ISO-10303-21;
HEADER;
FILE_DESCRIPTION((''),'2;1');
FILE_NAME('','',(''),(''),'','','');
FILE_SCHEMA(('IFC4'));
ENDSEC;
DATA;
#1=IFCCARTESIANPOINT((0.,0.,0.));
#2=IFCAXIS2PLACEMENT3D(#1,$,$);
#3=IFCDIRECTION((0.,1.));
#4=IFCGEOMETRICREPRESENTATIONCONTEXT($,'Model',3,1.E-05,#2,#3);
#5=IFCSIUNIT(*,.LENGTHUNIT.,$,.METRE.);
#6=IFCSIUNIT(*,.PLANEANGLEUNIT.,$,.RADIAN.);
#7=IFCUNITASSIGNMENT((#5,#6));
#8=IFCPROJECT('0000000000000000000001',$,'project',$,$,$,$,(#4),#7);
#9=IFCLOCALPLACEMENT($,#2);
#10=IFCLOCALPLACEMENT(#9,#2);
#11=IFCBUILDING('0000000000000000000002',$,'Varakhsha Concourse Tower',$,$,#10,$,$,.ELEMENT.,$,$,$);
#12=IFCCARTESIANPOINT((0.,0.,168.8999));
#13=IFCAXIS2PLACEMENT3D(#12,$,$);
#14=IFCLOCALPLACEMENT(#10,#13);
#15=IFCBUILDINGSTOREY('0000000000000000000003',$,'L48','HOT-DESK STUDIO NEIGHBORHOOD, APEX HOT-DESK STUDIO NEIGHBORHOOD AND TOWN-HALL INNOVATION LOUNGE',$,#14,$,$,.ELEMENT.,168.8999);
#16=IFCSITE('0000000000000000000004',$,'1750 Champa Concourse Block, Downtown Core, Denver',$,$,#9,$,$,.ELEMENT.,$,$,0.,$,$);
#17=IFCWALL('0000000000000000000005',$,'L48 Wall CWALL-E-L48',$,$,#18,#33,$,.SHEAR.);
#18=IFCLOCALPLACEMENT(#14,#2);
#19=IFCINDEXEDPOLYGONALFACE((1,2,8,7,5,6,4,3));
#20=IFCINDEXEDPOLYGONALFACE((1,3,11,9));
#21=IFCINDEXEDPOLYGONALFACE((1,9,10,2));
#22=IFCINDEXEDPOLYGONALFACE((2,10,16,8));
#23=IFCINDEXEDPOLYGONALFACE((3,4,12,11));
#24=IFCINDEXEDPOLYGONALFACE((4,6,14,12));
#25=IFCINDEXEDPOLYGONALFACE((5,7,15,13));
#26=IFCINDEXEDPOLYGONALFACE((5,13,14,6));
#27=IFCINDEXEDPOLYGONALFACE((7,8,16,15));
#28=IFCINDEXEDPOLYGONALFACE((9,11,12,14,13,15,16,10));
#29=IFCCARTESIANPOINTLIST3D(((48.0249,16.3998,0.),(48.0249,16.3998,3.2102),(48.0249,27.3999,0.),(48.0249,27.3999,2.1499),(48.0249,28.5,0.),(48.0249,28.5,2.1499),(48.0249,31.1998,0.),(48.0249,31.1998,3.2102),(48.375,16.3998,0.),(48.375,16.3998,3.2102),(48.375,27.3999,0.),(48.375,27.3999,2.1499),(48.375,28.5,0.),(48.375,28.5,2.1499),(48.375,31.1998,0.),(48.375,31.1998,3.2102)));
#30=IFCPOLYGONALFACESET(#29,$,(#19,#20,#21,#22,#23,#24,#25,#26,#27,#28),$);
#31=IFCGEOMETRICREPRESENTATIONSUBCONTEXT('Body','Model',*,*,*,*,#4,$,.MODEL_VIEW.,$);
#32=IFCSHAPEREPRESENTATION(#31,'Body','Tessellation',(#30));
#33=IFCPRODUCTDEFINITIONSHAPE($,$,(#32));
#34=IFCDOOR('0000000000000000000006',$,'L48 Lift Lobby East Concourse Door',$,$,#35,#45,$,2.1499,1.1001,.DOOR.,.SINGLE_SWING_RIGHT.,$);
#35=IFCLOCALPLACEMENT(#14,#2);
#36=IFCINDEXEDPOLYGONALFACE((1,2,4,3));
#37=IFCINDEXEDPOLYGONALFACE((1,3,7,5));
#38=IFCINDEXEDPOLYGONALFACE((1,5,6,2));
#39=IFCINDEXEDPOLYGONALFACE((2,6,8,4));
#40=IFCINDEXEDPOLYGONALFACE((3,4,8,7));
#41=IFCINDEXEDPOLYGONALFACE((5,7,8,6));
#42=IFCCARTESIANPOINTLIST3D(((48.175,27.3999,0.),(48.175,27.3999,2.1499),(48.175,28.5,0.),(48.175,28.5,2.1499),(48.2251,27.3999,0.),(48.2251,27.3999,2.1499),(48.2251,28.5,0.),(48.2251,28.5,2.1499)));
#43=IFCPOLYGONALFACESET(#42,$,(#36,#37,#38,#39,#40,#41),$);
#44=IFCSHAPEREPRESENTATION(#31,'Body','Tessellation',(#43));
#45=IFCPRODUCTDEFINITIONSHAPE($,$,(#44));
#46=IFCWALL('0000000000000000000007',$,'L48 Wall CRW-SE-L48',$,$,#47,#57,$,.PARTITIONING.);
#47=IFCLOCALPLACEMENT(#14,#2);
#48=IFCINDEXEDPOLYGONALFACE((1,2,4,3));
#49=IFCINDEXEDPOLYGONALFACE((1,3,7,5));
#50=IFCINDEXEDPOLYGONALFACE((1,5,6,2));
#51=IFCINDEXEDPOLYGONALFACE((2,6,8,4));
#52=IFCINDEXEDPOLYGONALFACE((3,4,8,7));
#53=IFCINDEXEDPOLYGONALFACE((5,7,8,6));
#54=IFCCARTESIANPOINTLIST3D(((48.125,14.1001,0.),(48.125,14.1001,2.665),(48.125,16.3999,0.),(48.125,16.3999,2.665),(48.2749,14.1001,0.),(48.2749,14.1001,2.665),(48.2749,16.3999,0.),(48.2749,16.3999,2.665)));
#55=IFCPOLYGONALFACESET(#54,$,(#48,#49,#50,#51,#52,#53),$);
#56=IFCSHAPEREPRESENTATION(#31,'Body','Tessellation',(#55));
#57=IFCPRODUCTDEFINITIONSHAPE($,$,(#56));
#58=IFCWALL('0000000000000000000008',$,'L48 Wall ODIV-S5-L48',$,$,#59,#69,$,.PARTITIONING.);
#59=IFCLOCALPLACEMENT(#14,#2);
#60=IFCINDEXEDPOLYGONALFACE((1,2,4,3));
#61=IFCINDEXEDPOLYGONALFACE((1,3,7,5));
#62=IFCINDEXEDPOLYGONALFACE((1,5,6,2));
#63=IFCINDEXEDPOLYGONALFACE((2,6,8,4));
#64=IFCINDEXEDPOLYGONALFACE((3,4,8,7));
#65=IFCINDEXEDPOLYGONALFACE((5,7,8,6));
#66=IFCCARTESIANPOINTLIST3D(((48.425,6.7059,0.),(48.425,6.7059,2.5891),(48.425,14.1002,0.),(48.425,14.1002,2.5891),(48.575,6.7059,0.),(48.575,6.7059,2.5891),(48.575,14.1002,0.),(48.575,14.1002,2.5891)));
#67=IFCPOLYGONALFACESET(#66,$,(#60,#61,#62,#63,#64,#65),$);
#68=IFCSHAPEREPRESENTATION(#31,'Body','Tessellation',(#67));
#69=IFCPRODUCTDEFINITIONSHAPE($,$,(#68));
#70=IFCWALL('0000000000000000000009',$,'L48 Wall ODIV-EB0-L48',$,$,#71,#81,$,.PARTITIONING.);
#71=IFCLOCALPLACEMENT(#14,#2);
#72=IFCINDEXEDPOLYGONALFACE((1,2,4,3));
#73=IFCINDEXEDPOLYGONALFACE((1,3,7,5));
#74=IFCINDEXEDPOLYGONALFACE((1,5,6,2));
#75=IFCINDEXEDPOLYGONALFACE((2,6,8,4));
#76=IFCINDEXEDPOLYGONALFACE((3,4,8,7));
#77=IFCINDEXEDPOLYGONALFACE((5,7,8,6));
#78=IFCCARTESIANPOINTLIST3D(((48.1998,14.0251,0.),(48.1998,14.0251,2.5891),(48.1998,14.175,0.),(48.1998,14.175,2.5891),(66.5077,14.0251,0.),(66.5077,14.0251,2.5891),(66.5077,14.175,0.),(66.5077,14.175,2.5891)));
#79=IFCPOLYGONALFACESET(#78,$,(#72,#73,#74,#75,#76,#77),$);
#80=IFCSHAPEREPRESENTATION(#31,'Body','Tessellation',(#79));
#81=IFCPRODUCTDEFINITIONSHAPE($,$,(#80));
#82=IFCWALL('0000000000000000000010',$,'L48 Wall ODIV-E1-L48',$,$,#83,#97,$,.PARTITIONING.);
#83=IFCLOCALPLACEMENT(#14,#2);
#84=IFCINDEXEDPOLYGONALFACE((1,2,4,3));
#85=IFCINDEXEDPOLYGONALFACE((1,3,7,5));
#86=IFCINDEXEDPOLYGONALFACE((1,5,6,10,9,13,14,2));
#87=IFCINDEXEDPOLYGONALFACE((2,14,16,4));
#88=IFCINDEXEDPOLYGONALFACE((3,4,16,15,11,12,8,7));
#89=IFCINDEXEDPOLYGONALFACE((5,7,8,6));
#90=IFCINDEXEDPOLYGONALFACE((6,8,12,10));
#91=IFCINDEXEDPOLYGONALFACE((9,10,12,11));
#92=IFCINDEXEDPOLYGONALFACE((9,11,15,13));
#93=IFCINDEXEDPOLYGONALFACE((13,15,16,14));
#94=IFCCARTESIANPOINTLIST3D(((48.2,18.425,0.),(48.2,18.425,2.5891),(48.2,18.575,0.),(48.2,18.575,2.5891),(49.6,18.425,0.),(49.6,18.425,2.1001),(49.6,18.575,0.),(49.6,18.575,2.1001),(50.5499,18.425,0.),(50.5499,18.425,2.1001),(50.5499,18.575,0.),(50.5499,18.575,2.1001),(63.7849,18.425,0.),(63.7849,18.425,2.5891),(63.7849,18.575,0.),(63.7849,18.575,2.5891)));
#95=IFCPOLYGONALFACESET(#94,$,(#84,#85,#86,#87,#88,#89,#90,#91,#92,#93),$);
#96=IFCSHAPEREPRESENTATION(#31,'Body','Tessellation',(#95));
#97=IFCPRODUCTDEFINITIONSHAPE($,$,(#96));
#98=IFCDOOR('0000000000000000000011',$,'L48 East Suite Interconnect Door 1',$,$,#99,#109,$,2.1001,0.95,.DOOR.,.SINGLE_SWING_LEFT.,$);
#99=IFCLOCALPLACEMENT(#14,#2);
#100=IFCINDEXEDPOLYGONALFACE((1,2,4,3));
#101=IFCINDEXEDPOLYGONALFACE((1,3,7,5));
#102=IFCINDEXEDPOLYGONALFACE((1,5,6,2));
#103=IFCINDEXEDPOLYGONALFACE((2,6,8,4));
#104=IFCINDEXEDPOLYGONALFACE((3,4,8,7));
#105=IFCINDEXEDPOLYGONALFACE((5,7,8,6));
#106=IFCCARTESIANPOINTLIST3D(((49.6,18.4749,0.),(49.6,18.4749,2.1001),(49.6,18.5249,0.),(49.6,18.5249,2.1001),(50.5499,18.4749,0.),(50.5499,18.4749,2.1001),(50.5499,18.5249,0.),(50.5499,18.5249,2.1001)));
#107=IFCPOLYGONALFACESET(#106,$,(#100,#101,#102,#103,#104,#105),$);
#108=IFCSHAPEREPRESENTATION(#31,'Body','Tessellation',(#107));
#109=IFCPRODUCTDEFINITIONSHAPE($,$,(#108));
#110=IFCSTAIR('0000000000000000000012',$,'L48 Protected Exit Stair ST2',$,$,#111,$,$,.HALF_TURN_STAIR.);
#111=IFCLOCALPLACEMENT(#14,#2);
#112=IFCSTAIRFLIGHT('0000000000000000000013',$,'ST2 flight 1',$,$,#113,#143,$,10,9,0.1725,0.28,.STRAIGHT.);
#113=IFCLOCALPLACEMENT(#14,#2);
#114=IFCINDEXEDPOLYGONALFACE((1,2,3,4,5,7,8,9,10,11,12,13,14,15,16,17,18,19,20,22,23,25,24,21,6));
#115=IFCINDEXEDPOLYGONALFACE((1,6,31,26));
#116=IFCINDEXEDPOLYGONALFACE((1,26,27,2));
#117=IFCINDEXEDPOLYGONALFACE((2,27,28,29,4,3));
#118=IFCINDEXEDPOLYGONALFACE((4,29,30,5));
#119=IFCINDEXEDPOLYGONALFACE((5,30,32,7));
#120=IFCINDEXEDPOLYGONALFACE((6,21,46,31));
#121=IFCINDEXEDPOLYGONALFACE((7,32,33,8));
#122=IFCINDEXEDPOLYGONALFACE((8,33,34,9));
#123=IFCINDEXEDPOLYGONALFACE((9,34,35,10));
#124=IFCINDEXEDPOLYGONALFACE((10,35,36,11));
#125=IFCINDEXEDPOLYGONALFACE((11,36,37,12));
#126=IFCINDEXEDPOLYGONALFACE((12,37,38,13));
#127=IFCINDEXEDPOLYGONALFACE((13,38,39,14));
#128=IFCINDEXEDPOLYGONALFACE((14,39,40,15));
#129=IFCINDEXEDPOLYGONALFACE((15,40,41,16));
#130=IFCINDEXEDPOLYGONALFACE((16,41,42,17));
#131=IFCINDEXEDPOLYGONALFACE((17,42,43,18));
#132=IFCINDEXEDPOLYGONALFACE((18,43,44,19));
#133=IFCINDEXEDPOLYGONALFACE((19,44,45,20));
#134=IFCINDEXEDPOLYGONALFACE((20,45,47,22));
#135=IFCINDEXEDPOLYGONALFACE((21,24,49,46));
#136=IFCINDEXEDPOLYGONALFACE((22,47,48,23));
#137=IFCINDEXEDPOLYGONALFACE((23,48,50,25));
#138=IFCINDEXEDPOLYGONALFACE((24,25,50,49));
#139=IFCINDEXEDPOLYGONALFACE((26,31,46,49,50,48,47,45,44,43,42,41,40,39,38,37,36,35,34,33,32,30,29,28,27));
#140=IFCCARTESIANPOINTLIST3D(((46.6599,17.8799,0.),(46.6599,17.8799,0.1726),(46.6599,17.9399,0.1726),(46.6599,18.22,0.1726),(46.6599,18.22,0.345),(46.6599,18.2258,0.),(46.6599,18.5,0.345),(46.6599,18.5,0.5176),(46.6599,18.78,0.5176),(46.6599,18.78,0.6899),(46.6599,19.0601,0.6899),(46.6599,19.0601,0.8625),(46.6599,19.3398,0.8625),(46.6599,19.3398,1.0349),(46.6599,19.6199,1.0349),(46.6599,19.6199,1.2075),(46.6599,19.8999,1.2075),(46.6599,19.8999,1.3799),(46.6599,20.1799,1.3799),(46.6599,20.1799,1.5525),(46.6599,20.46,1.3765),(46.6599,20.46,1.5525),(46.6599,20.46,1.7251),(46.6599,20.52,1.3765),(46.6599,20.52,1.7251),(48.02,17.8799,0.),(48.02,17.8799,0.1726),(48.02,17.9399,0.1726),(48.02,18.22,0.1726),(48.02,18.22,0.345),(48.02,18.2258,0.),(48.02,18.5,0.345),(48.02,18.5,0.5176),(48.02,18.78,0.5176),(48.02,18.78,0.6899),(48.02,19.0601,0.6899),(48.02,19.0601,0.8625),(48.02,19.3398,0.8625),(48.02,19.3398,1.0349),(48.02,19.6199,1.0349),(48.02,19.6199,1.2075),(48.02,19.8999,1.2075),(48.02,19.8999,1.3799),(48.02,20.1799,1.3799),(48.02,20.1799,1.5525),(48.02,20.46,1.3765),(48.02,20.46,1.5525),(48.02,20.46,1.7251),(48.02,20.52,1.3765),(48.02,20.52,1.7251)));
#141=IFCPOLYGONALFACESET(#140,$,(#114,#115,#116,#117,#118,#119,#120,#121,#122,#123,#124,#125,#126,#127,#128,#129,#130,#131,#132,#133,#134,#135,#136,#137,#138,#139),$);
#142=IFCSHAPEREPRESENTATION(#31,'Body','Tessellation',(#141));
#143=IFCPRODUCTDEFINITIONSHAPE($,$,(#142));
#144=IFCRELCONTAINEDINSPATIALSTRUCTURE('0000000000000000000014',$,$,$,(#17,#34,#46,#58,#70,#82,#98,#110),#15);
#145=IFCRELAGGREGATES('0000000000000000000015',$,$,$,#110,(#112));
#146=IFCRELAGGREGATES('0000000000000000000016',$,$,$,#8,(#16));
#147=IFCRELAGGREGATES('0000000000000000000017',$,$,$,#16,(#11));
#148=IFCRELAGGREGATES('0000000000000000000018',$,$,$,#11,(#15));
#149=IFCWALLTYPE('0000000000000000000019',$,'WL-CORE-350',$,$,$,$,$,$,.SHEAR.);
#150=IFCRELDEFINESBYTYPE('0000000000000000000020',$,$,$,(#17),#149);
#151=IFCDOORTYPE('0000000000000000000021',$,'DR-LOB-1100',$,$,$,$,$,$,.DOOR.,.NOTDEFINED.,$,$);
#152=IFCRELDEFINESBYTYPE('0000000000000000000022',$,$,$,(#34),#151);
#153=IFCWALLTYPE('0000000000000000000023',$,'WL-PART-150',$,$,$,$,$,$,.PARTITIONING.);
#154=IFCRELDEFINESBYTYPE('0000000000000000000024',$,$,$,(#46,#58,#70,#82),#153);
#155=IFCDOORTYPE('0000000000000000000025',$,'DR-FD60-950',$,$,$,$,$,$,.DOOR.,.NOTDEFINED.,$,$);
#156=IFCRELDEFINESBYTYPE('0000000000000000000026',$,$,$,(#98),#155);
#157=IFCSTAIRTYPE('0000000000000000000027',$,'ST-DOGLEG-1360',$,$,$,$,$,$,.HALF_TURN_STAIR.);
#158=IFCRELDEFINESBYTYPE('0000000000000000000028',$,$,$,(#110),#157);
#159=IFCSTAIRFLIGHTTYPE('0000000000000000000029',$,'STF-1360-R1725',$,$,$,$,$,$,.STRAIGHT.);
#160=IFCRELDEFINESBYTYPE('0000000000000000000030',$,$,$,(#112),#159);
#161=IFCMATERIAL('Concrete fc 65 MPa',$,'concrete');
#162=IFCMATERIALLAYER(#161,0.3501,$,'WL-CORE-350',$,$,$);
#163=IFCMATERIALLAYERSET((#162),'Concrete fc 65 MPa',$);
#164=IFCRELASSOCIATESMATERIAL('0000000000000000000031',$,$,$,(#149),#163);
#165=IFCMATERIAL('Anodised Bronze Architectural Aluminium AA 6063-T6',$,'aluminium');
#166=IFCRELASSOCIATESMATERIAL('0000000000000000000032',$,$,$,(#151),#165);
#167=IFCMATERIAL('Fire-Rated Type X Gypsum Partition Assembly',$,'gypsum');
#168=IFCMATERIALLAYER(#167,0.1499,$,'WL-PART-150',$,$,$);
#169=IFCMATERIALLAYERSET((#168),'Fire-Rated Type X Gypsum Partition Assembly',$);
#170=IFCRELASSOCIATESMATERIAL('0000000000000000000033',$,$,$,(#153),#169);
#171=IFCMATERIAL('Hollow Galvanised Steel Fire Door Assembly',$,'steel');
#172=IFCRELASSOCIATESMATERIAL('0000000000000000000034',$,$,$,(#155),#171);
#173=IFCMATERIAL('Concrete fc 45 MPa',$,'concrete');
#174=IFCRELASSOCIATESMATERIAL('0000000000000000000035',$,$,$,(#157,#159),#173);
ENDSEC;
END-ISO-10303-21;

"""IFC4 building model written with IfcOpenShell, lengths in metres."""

from ifc_helpers import new_model, si_unit, direction, frame, frame_2d, origin, place, context, subcontext, project, spatial, polyline, rectangle, outline, extrude, material, layer, layer_set, type_object, element, fill, aggregate, save


model = new_model("IFC4")

# Units and contexts
model_context = context("Model", 3, precision=1e-05, world=origin(), true_north=direction((0.0, 1.0)))
body_context = subcontext(model_context, "Body", "Model", "MODEL_VIEW")
ifc_project = project(units=[si_unit("LENGTHUNIT", "METRE"), si_unit("PLANEANGLEUNIT", "RADIAN")], contexts=[model_context])

# Site, building, storey
site_placement = place(None, origin())
site = spatial("IfcSite", under=ifc_project, at=site_placement, Name="1750 Champa Concourse Block, Downtown Core, Denver", CompositionType="ELEMENT", RefElevation=0.0)
building_placement = place(site_placement, origin())
building = spatial("IfcBuilding", under=site, at=building_placement, Name="Varakhsha Concourse Tower", CompositionType="ELEMENT")
storey_placement = place(building_placement, frame((0.0, 0.0, 168.8999)))
storey = spatial("IfcBuildingStorey", under=building, at=storey_placement, Name="L48", Description="HOT-DESK STUDIO NEIGHBORHOOD, APEX HOT-DESK STUDIO NEIGHBORHOOD AND TOWN-HALL INNOVATION LOUNGE", CompositionType="ELEMENT", Elevation=168.8999)

# Shared definitions
ifc_material_1 = material(Name="Concrete fc 65 MPa", Category="concrete")

# Shared definitions
ifc_material_2 = material(Name="Anodised Bronze Architectural Aluminium AA 6063-T6", Category="aluminium")

# Wall, opening, door
ifc_layer_1 = layer(ifc_material_1, 0.3501, Name="WL-CORE-350")
ifc_layer_set_1 = layer_set([ifc_layer_1], Name="Concrete fc 65 MPa")
wall_type_1 = type_object("IfcWallType", Name="WL-CORE-350", PredefinedType="SHEAR", material=ifc_layer_set_1)
wall_1_placement = place(storey_placement, frame((48.2, 16.3999, 0.0), z_axis=(0.0, 0.0, 1.0), x_axis=(0.0, 1.0, 0.0)))
wall_1 = element("IfcWall", 1, at=wall_1_placement, inside=storey, type_object=wall_type_1, Name="L48 Wall CWALL-E-L48", PredefinedType="SHEAR", context=body_context, shape_type="SweptSolid", body=[
    extrude(rectangle(XDim=14.8, YDim=0.3501, at=frame_2d((7.3999, 0.0))), origin(), (0.0, 0.0, 1.0), 3.2102),
])
opening_1_placement = place(wall_1_placement, frame((11.0, 0.0, 0.0)))
opening_1 = element("IfcOpeningElement", 2, at=opening_1_placement, cuts=wall_1, PredefinedType="OPENING", context=body_context, shape_type="SweptSolid", body=[
    extrude(rectangle(XDim=1.1001, YDim=2.1499, at=frame_2d((0.55, 1.075))), frame((0.0, 0.1851, 0.0), z_axis=(0.0, -1.0, 0.0), x_axis=(1.0, 0.0, 0.0)), (0.0, 0.0, 1.0), 0.3701),
])
door_type_1 = type_object("IfcDoorType", Name="DR-LOB-1100", OperationType="NOTDEFINED", PredefinedType="DOOR", material=ifc_material_2)
door_1_placement = place(opening_1_placement, origin())
door_1 = element("IfcDoor", 3, at=door_1_placement, inside=storey, type_object=door_type_1, Name="L48 Lift Lobby East Concourse Door", OperationType="SINGLE_SWING_RIGHT", OverallHeight=2.1499, OverallWidth=1.1001, PredefinedType="DOOR", context=body_context, shape_type="SweptSolid", body=[
    extrude(rectangle(XDim=1.1001, YDim=2.1499, at=frame_2d((0.55, 1.075))), frame((0.0, 0.0249, 0.0), z_axis=(0.0, -1.0, 0.0), x_axis=(1.0, 0.0, 0.0)), (0.0, 0.0, 1.0), 0.05),
])
fill(opening_1, door_1)

# Walls
ifc_material_3 = material(Name="Fire-Rated Type X Gypsum Partition Assembly", Category="gypsum")
ifc_layer_2 = layer(ifc_material_3, 0.1499, Name="WL-PART-150")
ifc_layer_set_2 = layer_set([ifc_layer_2], Name="Fire-Rated Type X Gypsum Partition Assembly")
wall_type_2 = type_object("IfcWallType", Name="WL-PART-150", PredefinedType="PARTITIONING", material=ifc_layer_set_2)
wall_2_placement = place(storey_placement, frame((48.2, 14.1001, 0.0), z_axis=(0.0, 0.0, 1.0), x_axis=(0.0, 1.0, 0.0)))
element("IfcWall", 4, at=wall_2_placement, inside=storey, type_object=wall_type_2, Name="L48 Wall CRW-SE-L48", PredefinedType="PARTITIONING", context=body_context, shape_type="SweptSolid", body=[
    extrude(rectangle(XDim=2.2998, YDim=0.1499, at=frame_2d((1.1499, 0.0))), origin(), (0.0, 0.0, 1.0), 2.665),
])
wall_3_placement = place(storey_placement, frame((48.5, 6.7058, 0.0), z_axis=(0.0, 0.0, 1.0), x_axis=(0.0, 1.0, 0.0)))
element("IfcWall", 5, at=wall_3_placement, inside=storey, type_object=wall_type_2, Name="L48 Wall ODIV-S5-L48", PredefinedType="PARTITIONING", context=body_context, shape_type="SweptSolid", body=[
    extrude(rectangle(XDim=7.3943, YDim=0.1499, at=frame_2d((3.6973, 0.0))), origin(), (0.0, 0.0, 1.0), 2.5891),
])
wall_4_placement = place(storey_placement, frame((48.2, 14.1001, 0.0), z_axis=(0.0, 0.0, 1.0), x_axis=(1.0, 0.0, 0.0)))
element("IfcWall", 6, at=wall_4_placement, inside=storey, type_object=wall_type_2, Name="L48 Wall ODIV-EB0-L48", PredefinedType="PARTITIONING", context=body_context, shape_type="SweptSolid", body=[
    extrude(rectangle(XDim=18.3079, YDim=0.1499, at=frame_2d((9.1538, 0.0))), origin(), (0.0, 0.0, 1.0), 2.5891),
])

# Wall, opening, door
wall_5_placement = place(storey_placement, frame((48.2, 18.5, 0.0), z_axis=(0.0, 0.0, 1.0), x_axis=(1.0, 0.0, 0.0)))
wall_5 = element("IfcWall", 7, at=wall_5_placement, inside=storey, type_object=wall_type_2, Name="L48 Wall ODIV-E1-L48", PredefinedType="PARTITIONING", context=body_context, shape_type="SweptSolid", body=[
    extrude(rectangle(XDim=15.585, YDim=0.1499, at=frame_2d((7.7925, 0.0))), origin(), (0.0, 0.0, 1.0), 2.5891),
])
opening_2_placement = place(wall_5_placement, frame((1.3999, 0.0, 0.0)))
opening_2 = element("IfcOpeningElement", 8, at=opening_2_placement, cuts=wall_5, PredefinedType="OPENING", context=body_context, shape_type="SweptSolid", body=[
    extrude(rectangle(XDim=0.95, YDim=2.1001, at=frame_2d((0.4751, 1.05))), frame((0.0, 0.085, 0.0), z_axis=(0.0, -1.0, 0.0), x_axis=(1.0, 0.0, 0.0)), (0.0, 0.0, 1.0), 0.1699),
])
ifc_material_4 = material(Name="Hollow Galvanised Steel Fire Door Assembly", Category="steel")
door_type_2 = type_object("IfcDoorType", Name="DR-FD60-950", OperationType="NOTDEFINED", PredefinedType="DOOR", material=ifc_material_4)
door_2_placement = place(opening_2_placement, origin())
door_2 = element("IfcDoor", 9, at=door_2_placement, inside=storey, type_object=door_type_2, Name="L48 East Suite Interconnect Door 1", OperationType="SINGLE_SWING_LEFT", OverallHeight=2.1001, OverallWidth=0.95, PredefinedType="DOOR", context=body_context, shape_type="SweptSolid", body=[
    extrude(rectangle(XDim=0.95, YDim=2.1001, at=frame_2d((0.4751, 1.05))), frame((0.0, 0.0249, 0.0), z_axis=(0.0, -1.0, 0.0), x_axis=(1.0, 0.0, 0.0)), (0.0, 0.0, 1.0), 0.05),
])
fill(opening_2, door_2)

# Stair, stair flight
ifc_material_5 = material(Name="Concrete fc 45 MPa", Category="concrete")
stair_type = type_object("IfcStairType", Name="ST-DOGLEG-1360", PredefinedType="HALF_TURN_STAIR", material=ifc_material_5)
stair_placement = place(storey_placement, origin())
stair = element("IfcStair", 10, at=stair_placement, inside=storey, type_object=stair_type, Name="L48 Protected Exit Stair ST2", PredefinedType="HALF_TURN_STAIR")
stair_flight_type = type_object("IfcStairFlightType", Name="STF-1360-R1725", PredefinedType="STRAIGHT", material=ifc_material_5)
stair_flight_placement = place(storey_placement, frame((47.3401, 17.9399, 0.0), z_axis=(0.0, 0.0, 1.0), x_axis=(0.0, 1.0, 0.0)))
stair_flight = element("IfcStairFlight", 11, at=stair_flight_placement, type_object=stair_flight_type, Name="ST2 flight 1", NumberOfRisers=10, NumberOfTreads=9, PredefinedType="STRAIGHT", RiserHeight=0.1725, TreadLength=0.28, context=body_context, shape_type="SweptSolid", body=[
    extrude(outline(polyline([(-0.0601, 0.0), (-0.0601, 0.1726), (0.0, 0.1726), (0.28, 0.1726), (0.28, 0.345), (0.5601, 0.345), (0.5601, 0.5176), (0.8401, 0.5176), (0.8401, 0.6899), (1.1201, 0.6899), (1.1201, 0.8625), (1.3999, 0.8625), (1.3999, 1.0349), (1.6799, 1.0349), (1.6799, 1.2075), (1.96, 1.2075), (1.96, 1.3799), (2.24, 1.3799), (2.24, 1.5525), (2.52, 1.5525), (2.52, 1.7251), (2.5801, 1.7251), (2.5801, 1.3765), (2.52, 1.3765), (0.2859, 0.0), (-0.0601, 0.0)])), frame((0.0, 0.6802, 0.0), z_axis=(0.0, -1.0, 0.0), x_axis=(1.0, 0.0, 0.0)), (0.0, 0.0, 1.0), 1.3601),
])
aggregate(stair, [stair_flight])

save(model, "model.ifc")
